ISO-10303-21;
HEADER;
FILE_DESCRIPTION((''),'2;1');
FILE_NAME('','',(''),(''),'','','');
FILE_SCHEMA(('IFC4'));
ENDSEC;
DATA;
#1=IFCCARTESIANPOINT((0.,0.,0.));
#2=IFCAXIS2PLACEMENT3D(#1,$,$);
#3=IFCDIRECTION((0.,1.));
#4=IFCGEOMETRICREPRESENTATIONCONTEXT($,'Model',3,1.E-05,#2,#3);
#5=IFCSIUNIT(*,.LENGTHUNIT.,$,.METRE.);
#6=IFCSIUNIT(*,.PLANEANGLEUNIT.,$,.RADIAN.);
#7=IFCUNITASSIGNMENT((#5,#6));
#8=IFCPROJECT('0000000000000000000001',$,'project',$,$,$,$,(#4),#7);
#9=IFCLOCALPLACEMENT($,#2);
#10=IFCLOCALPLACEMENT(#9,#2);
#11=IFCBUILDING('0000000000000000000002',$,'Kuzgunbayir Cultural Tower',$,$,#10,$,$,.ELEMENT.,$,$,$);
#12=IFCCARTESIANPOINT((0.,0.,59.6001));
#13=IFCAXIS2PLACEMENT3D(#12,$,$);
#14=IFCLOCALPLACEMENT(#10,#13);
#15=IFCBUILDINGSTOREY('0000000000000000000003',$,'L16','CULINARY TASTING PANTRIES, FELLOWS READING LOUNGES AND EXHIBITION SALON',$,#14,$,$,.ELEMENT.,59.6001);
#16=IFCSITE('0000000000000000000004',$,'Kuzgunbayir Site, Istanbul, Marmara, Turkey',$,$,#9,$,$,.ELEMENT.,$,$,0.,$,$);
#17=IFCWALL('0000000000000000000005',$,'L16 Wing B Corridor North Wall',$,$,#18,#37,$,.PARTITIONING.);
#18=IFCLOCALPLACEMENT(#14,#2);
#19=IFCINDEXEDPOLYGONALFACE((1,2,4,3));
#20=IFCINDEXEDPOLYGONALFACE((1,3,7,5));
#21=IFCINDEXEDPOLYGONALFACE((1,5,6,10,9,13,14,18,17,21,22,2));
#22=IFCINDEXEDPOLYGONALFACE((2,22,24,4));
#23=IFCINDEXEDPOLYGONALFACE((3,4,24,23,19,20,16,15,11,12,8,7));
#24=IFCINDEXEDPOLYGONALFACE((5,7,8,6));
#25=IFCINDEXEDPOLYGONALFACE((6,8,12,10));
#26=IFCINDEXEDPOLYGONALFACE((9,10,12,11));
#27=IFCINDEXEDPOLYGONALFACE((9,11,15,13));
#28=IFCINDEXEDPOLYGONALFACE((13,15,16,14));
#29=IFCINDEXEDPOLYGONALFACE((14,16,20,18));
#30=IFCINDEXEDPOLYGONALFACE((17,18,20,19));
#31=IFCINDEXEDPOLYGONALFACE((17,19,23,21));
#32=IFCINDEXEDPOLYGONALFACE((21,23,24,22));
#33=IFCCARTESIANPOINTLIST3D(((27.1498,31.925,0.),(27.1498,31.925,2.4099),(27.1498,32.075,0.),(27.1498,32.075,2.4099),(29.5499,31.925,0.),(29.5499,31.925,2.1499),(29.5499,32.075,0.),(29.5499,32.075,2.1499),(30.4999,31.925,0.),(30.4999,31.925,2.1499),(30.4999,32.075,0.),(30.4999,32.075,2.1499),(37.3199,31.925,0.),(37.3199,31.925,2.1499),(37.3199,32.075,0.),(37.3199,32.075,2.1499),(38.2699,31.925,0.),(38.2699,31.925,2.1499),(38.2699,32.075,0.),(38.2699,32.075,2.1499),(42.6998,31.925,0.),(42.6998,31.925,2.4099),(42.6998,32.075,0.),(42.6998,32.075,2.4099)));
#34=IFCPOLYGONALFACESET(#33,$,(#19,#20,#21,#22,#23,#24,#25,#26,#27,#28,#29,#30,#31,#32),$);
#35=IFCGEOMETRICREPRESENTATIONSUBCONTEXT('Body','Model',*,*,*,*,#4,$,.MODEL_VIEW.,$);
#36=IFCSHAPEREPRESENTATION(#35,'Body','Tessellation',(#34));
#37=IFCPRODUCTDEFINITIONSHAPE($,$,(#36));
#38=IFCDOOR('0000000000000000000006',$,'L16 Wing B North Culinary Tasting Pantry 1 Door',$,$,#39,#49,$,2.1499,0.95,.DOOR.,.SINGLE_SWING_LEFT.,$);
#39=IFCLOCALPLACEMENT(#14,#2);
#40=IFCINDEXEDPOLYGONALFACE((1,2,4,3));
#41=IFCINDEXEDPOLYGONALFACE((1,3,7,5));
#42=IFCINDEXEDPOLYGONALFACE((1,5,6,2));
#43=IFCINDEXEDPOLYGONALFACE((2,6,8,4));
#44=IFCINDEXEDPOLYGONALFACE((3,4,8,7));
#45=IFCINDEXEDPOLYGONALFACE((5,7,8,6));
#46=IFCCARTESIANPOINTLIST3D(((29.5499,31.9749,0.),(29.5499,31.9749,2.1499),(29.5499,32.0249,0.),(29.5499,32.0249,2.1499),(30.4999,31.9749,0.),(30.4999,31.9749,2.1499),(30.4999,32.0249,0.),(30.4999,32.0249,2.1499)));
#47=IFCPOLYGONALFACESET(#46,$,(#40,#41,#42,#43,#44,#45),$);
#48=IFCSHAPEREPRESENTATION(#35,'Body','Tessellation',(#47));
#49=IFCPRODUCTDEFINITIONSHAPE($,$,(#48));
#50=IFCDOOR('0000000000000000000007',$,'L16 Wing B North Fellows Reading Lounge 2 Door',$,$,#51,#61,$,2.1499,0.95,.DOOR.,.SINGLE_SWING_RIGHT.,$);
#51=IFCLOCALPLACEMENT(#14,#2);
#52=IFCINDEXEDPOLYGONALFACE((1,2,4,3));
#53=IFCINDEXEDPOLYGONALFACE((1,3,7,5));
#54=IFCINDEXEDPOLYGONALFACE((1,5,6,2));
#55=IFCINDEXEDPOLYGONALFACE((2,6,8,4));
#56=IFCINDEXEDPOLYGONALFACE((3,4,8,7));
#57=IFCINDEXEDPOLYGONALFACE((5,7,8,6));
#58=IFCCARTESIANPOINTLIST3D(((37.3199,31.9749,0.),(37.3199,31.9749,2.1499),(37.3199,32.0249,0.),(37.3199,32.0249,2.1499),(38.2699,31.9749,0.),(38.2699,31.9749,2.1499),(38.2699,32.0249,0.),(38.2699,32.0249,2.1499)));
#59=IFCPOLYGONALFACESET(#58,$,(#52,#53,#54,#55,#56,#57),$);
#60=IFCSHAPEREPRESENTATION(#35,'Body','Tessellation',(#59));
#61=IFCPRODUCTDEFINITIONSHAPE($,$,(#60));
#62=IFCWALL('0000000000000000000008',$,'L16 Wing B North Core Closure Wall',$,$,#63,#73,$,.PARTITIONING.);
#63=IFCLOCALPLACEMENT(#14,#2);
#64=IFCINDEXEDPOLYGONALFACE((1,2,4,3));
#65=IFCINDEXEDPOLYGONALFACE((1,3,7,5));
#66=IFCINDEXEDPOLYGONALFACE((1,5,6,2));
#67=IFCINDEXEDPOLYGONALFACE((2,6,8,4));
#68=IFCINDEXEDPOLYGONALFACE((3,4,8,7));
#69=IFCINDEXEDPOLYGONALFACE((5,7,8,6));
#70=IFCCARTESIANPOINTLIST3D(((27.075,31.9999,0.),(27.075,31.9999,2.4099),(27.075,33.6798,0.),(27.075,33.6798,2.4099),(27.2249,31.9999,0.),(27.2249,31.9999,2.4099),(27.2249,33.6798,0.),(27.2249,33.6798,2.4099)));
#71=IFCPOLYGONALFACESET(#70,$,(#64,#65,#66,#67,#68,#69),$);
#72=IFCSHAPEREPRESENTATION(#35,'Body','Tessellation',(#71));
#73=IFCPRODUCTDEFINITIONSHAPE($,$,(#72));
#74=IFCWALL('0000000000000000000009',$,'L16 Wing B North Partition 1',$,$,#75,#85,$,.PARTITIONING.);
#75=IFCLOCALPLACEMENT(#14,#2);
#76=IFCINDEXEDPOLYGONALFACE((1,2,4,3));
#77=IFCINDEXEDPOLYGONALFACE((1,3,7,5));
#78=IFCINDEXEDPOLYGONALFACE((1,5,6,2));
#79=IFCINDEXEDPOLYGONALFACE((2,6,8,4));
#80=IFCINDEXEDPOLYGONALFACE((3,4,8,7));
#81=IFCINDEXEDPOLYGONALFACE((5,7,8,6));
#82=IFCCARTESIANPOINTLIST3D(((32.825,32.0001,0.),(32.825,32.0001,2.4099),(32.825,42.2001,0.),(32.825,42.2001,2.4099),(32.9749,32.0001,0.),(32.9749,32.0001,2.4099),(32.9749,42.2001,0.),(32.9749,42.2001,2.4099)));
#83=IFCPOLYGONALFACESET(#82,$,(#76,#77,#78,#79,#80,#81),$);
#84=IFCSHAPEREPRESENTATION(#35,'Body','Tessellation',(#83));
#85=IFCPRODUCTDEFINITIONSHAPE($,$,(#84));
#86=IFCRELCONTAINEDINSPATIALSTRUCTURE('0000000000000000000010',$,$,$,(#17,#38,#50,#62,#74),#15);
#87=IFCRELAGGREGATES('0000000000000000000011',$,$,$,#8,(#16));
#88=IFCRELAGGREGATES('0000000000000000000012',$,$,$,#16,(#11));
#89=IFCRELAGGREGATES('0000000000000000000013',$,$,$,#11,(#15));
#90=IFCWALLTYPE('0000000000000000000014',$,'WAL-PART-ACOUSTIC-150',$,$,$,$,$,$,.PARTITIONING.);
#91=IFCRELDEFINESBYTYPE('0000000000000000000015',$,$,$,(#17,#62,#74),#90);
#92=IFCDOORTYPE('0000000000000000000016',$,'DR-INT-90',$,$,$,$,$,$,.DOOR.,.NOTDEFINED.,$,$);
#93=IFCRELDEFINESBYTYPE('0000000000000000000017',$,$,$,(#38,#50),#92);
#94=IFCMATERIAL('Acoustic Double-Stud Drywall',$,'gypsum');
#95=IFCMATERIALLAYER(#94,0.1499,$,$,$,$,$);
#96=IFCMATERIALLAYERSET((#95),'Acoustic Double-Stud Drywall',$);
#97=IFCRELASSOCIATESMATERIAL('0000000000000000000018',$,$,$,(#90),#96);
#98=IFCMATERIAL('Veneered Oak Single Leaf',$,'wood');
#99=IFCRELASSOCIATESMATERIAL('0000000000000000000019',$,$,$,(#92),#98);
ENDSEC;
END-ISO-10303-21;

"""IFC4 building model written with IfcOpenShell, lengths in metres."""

from ifc_helpers import new_model, si_unit, direction, frame, frame_2d, origin, place, context, subcontext, project, spatial, rectangle, extrude, material, layer, layer_set, type_object, element, fill, save


model = new_model("IFC4")

# Units and contexts
model_context = context("Model", 3, precision=1e-05, world=origin(), true_north=direction((0.0, 1.0)))
body_context = subcontext(model_context, "Body", "Model", "MODEL_VIEW")
ifc_project = project(units=[si_unit("LENGTHUNIT", "METRE"), si_unit("PLANEANGLEUNIT", "RADIAN")], contexts=[model_context])

# Site, building, storey
site_placement = place(None, origin())
site = spatial("IfcSite", under=ifc_project, at=site_placement, Name="Kuzgunbayir Site, Istanbul, Marmara, Turkey", CompositionType="ELEMENT", RefElevation=0.0)
building_placement = place(site_placement, origin())
building = spatial("IfcBuilding", under=site, at=building_placement, Name="Kuzgunbayir Cultural Tower", CompositionType="ELEMENT")
storey_placement = place(building_placement, frame((0.0, 0.0, 59.6001)))
storey = spatial("IfcBuildingStorey", under=building, at=storey_placement, Name="L16", Description="CULINARY TASTING PANTRIES, FELLOWS READING LOUNGES AND EXHIBITION SALON", CompositionType="ELEMENT", Elevation=59.6001)

# Wall, openings, doors
ifc_material_1 = material(Name="Acoustic Double-Stud Drywall", Category="gypsum")
ifc_layer = layer(ifc_material_1, 0.1499)
ifc_layer_set = layer_set([ifc_layer], Name="Acoustic Double-Stud Drywall")
wall_type = type_object("IfcWallType", Name="WAL-PART-ACOUSTIC-150", PredefinedType="PARTITIONING", material=ifc_layer_set)
ifc_material_2 = material(Name="Veneered Oak Single Leaf", Category="wood")
door_type = type_object("IfcDoorType", Name="DR-INT-90", OperationType="NOTDEFINED", PredefinedType="DOOR", material=ifc_material_2)
wall_1_placement = place(storey_placement, frame((27.1499, 32.0, 0.0), z_axis=(0.0, 0.0, 1.0), x_axis=(1.0, 0.0, 0.0)))
wall_1 = element("IfcWall", 1, at=wall_1_placement, inside=storey, type_object=wall_type, Name="L16 Wing B Corridor North Wall", PredefinedType="PARTITIONING", context=body_context, shape_type="SweptSolid", body=[
    extrude(rectangle(XDim=15.55, YDim=0.1499, at=frame_2d((7.7749, 0.0))), origin(), (0.0, 0.0, 1.0), 2.4099),
])
opening_1_placement = place(wall_1_placement, frame((2.3999, 0.0, 0.0)))
opening_1 = element("IfcOpeningElement", 2, at=opening_1_placement, cuts=wall_1, PredefinedType="OPENING", context=body_context, shape_type="SweptSolid", body=[
    extrude(rectangle(XDim=0.95, YDim=2.1499, at=frame_2d((0.4751, 1.075))), frame((0.0, 0.085, 0.0), z_axis=(0.0, -1.0, 0.0), x_axis=(1.0, 0.0, 0.0)), (0.0, 0.0, 1.0), 0.1699),
])
opening_2_placement = place(wall_1_placement, frame((10.1699, 0.0, 0.0)))
opening_2 = element("IfcOpeningElement", 3, at=opening_2_placement, cuts=wall_1, PredefinedType="OPENING", context=body_context, shape_type="SweptSolid", body=[
    extrude(rectangle(XDim=0.95, YDim=2.1499, at=frame_2d((0.4751, 1.075))), frame((0.0, 0.085, 0.0), z_axis=(0.0, -1.0, 0.0), x_axis=(1.0, 0.0, 0.0)), (0.0, 0.0, 1.0), 0.1699),
])
door_1_placement = place(opening_1_placement, origin())
door_1 = element("IfcDoor", 4, at=door_1_placement, inside=storey, type_object=door_type, Name="L16 Wing B North Culinary Tasting Pantry 1 Door", OperationType="SINGLE_SWING_LEFT", OverallHeight=2.1499, OverallWidth=0.95, PredefinedType="DOOR", context=body_context, shape_type="SweptSolid", body=[
    extrude(rectangle(XDim=0.95, YDim=2.1499, at=frame_2d((0.4751, 1.075))), frame((0.0, 0.0249, 0.0), z_axis=(0.0, -1.0, 0.0), x_axis=(1.0, 0.0, 0.0)), (0.0, 0.0, 1.0), 0.05),
])
fill(opening_1, door_1)
door_2_placement = place(opening_2_placement, origin())
door_2 = element("IfcDoor", 5, at=door_2_placement, inside=storey, type_object=door_type, Name="L16 Wing B North Fellows Reading Lounge 2 Door", OperationType="SINGLE_SWING_RIGHT", OverallHeight=2.1499, OverallWidth=0.95, PredefinedType="DOOR", context=body_context, shape_type="SweptSolid", body=[
    extrude(rectangle(XDim=0.95, YDim=2.1499, at=frame_2d((0.4751, 1.075))), frame((0.0, 0.0249, 0.0), z_axis=(0.0, -1.0, 0.0), x_axis=(1.0, 0.0, 0.0)), (0.0, 0.0, 1.0), 0.05),
])
fill(opening_2, door_2)

# Walls
wall_2_placement = place(storey_placement, frame((27.1499, 32.0, 0.0), z_axis=(0.0, 0.0, 1.0), x_axis=(0.0, 1.0, 0.0)))
element("IfcWall", 6, at=wall_2_placement, inside=storey, type_object=wall_type, Name="L16 Wing B North Core Closure Wall", PredefinedType="PARTITIONING", context=body_context, shape_type="SweptSolid", body=[
    extrude(rectangle(XDim=1.6799, YDim=0.1499, at=frame_2d((0.8398, 0.0))), origin(), (0.0, 0.0, 1.0), 2.4099),
])
wall_3_placement = place(storey_placement, frame((32.8999, 32.0, 0.0), z_axis=(0.0, 0.0, 1.0), x_axis=(0.0, 1.0, 0.0)))
element("IfcWall", 7, at=wall_3_placement, inside=storey, type_object=wall_type, Name="L16 Wing B North Partition 1", PredefinedType="PARTITIONING", context=body_context, shape_type="SweptSolid", body=[
    extrude(rectangle(XDim=10.2, YDim=0.1499, at=frame_2d((5.1001, 0.0))), origin(), (0.0, 0.0, 1.0), 2.4099),
])

save(model, "model.ifc")
